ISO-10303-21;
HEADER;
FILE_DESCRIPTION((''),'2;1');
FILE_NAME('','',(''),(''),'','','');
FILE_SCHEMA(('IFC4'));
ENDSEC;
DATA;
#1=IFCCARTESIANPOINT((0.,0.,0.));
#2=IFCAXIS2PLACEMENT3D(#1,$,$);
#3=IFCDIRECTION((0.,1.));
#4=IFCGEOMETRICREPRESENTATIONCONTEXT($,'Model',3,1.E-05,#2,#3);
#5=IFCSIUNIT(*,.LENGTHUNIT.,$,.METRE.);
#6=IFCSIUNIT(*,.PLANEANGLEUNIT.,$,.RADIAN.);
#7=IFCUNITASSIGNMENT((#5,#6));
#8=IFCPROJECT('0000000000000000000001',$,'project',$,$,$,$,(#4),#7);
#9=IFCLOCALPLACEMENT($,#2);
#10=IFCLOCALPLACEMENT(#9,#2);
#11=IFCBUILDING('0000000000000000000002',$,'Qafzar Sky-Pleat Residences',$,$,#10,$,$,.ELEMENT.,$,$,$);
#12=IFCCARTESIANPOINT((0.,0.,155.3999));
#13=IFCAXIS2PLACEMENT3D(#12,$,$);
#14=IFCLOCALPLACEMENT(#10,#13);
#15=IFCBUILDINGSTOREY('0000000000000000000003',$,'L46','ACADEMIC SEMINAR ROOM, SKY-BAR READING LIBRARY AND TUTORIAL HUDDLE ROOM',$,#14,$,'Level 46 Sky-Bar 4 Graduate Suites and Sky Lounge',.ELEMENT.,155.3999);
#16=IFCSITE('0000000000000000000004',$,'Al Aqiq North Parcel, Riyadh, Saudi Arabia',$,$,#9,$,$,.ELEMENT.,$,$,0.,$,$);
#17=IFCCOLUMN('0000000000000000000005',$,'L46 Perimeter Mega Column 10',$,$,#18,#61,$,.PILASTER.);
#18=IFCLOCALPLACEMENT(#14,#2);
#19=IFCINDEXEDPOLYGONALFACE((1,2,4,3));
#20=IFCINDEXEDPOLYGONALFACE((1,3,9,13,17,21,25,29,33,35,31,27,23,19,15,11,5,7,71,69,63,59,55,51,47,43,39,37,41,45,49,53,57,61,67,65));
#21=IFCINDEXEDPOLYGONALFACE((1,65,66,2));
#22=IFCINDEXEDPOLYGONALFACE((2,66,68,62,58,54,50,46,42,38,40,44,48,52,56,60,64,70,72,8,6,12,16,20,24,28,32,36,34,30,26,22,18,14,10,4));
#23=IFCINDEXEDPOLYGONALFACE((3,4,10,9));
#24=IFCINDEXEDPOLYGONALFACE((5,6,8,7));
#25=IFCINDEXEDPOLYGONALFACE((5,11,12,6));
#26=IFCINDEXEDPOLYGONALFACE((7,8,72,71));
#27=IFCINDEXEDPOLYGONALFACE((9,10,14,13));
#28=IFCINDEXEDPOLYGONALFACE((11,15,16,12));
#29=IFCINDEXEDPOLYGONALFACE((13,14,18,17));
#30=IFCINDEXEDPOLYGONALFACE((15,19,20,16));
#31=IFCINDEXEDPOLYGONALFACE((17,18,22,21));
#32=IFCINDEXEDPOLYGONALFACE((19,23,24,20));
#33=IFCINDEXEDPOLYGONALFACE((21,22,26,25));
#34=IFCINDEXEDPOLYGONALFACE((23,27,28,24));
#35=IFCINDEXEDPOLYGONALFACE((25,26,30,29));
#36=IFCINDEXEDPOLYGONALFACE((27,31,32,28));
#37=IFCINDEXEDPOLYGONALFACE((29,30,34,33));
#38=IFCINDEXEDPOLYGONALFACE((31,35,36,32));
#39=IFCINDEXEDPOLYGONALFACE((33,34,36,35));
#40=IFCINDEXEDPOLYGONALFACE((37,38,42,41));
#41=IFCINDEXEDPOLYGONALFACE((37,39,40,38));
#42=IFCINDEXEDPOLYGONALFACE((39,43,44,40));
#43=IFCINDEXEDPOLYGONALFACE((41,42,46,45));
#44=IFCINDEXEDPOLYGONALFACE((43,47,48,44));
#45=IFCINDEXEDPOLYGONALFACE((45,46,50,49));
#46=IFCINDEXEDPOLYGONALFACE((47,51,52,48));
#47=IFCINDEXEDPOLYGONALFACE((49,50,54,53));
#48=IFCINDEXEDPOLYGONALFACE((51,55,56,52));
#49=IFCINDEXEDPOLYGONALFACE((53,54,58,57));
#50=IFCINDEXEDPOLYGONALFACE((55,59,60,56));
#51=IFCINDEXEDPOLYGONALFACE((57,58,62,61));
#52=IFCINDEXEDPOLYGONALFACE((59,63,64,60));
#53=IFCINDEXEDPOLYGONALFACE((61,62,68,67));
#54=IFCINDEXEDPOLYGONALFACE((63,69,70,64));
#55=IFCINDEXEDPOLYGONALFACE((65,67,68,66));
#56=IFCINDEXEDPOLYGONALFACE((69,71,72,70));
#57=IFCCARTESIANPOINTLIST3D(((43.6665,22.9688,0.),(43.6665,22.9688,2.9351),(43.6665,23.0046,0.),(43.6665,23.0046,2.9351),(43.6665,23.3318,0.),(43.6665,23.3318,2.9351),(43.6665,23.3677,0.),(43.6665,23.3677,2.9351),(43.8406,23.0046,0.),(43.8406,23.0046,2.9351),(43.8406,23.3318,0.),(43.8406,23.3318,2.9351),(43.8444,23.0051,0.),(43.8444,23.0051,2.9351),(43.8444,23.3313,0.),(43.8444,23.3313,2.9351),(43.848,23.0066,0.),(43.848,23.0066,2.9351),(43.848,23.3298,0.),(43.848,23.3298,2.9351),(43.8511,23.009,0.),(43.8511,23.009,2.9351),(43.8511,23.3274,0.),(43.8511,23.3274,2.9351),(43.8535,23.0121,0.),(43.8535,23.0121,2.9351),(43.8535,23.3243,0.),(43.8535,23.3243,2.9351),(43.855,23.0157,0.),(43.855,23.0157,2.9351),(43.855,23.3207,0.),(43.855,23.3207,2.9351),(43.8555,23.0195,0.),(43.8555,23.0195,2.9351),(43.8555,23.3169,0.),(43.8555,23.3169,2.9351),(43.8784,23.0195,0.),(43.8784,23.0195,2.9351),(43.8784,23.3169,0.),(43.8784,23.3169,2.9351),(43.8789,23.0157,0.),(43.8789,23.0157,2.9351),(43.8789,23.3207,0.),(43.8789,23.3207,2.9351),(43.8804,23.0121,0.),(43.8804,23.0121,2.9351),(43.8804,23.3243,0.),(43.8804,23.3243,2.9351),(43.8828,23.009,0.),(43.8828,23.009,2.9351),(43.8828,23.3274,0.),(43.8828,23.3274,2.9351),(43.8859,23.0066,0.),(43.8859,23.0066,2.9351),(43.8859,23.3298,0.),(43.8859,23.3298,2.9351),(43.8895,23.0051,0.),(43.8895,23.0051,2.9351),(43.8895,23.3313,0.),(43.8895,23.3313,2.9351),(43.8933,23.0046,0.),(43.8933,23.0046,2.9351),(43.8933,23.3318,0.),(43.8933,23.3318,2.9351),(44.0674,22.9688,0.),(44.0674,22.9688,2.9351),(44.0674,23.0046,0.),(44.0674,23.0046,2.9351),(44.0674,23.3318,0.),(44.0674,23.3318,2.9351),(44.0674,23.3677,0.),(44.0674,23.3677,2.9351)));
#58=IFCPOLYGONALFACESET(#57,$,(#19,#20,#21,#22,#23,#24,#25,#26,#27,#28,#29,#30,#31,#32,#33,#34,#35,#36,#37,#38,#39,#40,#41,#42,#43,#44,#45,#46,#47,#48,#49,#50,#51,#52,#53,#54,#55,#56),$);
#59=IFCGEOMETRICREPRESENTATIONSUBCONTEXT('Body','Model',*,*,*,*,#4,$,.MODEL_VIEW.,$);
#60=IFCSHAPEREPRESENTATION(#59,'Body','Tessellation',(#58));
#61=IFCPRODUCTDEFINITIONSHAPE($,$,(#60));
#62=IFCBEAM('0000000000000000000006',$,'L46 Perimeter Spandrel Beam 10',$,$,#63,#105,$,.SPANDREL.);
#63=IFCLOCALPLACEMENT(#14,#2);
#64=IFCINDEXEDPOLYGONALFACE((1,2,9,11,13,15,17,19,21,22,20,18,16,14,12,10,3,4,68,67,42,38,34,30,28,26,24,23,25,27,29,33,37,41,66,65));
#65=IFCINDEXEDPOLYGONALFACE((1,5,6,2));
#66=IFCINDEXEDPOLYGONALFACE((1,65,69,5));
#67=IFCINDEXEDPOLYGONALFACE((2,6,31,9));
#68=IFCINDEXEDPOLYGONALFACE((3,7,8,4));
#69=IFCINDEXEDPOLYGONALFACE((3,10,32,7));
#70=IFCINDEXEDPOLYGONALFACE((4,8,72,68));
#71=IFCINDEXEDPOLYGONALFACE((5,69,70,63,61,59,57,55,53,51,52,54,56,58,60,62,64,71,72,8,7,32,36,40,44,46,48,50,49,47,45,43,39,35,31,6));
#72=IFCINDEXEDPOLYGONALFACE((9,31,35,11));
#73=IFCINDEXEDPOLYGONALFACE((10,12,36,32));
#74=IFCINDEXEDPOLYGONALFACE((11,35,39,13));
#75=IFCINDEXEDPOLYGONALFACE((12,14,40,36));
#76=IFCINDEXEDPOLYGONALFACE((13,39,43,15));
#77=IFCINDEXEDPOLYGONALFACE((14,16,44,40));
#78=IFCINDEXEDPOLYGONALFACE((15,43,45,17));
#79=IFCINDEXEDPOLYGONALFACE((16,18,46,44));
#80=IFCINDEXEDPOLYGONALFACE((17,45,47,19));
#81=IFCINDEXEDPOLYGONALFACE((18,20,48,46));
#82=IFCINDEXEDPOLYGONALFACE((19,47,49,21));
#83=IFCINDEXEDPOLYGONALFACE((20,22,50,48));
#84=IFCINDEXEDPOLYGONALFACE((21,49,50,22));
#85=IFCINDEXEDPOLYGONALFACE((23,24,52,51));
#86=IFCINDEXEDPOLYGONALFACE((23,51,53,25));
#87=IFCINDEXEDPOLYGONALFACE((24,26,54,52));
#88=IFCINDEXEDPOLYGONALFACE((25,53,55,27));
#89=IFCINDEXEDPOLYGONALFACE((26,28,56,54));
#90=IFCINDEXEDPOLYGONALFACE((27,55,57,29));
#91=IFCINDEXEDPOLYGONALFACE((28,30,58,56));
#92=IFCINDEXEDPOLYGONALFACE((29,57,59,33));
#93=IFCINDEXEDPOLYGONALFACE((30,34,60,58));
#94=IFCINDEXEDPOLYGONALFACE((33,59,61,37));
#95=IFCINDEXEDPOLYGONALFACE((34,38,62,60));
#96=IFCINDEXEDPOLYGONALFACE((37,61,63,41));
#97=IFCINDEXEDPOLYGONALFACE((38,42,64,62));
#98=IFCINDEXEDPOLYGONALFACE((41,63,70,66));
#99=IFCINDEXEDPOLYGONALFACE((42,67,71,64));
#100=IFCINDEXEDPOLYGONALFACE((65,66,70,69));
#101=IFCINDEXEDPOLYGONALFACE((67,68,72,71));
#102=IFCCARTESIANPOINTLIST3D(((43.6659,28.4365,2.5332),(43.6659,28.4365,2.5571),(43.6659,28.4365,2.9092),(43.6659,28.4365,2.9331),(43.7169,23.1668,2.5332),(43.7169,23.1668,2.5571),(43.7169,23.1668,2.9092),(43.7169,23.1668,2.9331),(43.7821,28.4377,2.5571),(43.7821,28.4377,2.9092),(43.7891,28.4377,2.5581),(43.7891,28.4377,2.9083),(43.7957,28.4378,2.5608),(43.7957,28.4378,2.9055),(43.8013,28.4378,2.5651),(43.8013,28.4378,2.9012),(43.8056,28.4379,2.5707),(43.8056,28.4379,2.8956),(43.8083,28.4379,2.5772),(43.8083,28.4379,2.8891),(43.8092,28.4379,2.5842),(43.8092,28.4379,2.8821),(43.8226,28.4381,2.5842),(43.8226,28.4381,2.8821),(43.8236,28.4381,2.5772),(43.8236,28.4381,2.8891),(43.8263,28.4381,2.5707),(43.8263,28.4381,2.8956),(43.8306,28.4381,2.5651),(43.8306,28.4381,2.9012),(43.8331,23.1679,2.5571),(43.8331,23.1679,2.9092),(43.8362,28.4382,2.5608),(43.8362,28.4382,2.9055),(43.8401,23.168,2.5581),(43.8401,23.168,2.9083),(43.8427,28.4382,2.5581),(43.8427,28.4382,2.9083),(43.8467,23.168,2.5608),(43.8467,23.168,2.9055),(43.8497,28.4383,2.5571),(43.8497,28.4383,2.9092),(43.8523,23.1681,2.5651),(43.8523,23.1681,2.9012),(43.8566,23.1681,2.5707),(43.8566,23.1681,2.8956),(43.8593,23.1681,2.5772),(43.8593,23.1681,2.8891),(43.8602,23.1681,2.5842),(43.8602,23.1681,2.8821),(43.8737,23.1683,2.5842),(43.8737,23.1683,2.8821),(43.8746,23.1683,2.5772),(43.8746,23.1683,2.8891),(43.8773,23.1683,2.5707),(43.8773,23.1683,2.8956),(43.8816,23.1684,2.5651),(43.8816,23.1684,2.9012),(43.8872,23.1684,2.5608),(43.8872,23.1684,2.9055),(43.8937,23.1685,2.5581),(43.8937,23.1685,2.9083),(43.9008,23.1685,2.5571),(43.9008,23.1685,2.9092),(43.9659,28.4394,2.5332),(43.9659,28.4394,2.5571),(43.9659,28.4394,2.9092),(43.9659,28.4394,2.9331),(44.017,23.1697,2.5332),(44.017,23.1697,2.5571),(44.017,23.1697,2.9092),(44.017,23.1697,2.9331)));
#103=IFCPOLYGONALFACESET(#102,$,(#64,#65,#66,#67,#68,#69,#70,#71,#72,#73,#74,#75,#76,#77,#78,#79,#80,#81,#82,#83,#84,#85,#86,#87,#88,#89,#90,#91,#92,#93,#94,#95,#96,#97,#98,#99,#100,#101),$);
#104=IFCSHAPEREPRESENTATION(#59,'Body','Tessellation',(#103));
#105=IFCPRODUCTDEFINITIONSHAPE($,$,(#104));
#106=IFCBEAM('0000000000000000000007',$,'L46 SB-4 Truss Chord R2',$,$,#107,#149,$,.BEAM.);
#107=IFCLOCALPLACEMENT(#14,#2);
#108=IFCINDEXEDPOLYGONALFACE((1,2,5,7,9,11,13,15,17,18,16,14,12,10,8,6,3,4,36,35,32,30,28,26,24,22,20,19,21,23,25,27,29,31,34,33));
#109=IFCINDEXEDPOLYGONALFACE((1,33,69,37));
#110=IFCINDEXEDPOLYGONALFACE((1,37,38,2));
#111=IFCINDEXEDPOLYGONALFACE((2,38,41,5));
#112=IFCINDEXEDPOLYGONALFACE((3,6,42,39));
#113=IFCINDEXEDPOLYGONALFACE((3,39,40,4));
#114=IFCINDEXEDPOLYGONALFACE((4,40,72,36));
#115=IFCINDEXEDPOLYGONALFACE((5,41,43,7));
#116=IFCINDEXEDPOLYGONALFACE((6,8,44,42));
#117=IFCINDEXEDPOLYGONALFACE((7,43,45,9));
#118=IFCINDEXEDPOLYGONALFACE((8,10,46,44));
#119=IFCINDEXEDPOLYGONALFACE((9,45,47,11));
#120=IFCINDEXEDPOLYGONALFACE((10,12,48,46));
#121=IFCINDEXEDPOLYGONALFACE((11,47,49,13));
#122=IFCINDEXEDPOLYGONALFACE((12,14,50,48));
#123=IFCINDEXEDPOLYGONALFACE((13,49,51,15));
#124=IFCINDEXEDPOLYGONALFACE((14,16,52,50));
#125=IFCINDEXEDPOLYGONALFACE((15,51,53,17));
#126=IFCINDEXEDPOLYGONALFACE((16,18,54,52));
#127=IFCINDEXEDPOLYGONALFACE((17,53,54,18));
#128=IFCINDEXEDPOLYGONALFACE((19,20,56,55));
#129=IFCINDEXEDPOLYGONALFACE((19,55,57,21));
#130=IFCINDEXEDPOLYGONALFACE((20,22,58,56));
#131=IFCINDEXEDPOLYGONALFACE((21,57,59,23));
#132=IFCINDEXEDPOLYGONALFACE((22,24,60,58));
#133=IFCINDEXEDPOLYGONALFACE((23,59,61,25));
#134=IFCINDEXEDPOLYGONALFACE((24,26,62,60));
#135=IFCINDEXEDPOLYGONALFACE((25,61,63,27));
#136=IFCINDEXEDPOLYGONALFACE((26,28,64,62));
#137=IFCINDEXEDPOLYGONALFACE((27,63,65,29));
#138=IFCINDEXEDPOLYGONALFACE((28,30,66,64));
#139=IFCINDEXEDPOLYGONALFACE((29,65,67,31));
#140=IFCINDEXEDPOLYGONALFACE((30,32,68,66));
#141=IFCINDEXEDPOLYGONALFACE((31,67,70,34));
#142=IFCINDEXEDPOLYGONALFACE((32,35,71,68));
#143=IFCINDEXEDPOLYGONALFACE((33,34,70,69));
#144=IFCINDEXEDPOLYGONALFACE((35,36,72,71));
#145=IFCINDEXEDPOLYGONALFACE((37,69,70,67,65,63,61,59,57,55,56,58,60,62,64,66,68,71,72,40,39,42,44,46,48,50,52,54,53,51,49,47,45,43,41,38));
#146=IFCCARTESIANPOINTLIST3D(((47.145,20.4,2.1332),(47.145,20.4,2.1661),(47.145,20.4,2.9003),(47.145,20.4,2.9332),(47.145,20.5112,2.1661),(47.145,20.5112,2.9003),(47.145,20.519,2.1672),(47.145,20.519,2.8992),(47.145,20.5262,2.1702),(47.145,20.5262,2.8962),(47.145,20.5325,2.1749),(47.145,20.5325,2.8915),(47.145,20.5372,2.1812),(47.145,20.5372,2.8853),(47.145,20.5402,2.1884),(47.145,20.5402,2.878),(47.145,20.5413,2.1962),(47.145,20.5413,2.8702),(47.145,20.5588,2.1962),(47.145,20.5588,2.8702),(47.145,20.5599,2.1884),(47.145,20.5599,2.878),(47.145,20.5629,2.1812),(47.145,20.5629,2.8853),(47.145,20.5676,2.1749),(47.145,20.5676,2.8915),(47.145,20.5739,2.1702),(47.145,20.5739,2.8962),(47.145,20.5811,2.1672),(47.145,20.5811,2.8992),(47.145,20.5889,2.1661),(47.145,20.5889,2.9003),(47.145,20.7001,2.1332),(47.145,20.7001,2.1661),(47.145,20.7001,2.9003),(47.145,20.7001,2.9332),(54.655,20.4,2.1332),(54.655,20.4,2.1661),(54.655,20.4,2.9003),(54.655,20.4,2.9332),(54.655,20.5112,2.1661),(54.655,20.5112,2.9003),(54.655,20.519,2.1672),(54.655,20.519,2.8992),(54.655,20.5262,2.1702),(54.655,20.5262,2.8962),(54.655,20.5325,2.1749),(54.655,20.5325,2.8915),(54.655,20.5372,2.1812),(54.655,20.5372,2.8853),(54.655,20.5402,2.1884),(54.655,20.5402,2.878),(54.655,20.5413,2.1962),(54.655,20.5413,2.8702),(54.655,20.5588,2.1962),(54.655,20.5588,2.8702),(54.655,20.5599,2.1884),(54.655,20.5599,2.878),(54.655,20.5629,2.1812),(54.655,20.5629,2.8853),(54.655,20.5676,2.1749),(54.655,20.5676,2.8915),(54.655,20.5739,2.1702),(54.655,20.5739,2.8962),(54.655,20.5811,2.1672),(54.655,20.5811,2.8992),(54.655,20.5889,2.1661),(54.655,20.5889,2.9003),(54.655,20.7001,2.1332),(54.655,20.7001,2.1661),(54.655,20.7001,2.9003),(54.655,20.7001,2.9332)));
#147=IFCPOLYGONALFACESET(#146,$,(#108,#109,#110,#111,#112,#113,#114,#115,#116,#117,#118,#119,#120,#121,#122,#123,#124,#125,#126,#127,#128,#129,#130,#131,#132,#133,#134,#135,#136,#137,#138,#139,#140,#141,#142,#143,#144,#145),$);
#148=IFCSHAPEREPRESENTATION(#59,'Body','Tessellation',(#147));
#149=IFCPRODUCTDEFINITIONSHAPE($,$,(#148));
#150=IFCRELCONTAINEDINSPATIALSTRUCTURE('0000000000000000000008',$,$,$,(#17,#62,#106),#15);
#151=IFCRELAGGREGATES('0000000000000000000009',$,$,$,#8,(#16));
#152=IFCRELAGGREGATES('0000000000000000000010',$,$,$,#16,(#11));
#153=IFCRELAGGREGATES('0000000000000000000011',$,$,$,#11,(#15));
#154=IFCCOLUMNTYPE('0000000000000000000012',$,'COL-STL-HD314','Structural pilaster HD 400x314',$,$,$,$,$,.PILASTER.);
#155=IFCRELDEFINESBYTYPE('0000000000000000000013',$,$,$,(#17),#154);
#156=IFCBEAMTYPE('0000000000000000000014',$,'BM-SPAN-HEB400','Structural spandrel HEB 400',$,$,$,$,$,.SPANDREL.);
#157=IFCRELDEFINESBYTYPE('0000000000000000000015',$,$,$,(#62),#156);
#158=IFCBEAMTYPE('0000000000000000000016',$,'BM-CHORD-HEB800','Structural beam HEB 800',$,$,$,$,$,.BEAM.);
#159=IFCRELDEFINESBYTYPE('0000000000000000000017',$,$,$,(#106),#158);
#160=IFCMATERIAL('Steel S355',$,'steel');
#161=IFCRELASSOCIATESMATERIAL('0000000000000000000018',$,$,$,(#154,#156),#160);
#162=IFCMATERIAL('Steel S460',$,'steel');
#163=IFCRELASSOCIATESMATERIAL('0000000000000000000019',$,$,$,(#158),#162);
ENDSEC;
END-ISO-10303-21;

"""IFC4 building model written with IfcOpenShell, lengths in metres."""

from ifc_helpers import new_model, si_unit, direction, frame, origin, origin_2d, place, context, subcontext, project, spatial, i_section, extrude, source, transform, mapped, material, material_profile, profile_set, type_object, element, save


model = new_model("IFC4")

# Units and contexts
model_context = context("Model", 3, precision=1e-05, world=origin(), true_north=direction((0.0, 1.0)))
body_context = subcontext(model_context, "Body", "Model", "MODEL_VIEW")
ifc_project = project(units=[si_unit("LENGTHUNIT", "METRE"), si_unit("PLANEANGLEUNIT", "RADIAN")], contexts=[model_context])

# Site, building, storey
site_placement = place(None, origin())
site = spatial("IfcSite", under=ifc_project, at=site_placement, Name="Al Aqiq North Parcel, Riyadh, Saudi Arabia", CompositionType="ELEMENT", RefElevation=0.0)
building_placement = place(site_placement, origin())
building = spatial("IfcBuilding", under=site, at=building_placement, Name="Qafzar Sky-Pleat Residences", CompositionType="ELEMENT")
storey_placement = place(building_placement, frame((0.0, 0.0, 155.3999)))
storey = spatial("IfcBuildingStorey", under=building, at=storey_placement, Name="L46", Description="ACADEMIC SEMINAR ROOM, SKY-BAR READING LIBRARY AND TUTORIAL HUDDLE ROOM", LongName="Level 46 Sky-Bar 4 Graduate Suites and Sky Lounge", CompositionType="ELEMENT", Elevation=155.3999)

# Column
ifc_material_1 = material(Name="Steel S355", Category="steel")
ifc_material_profile_1 = material_profile(ifc_material_1, i_section(OverallWidth=0.4009, OverallDepth=0.3989, WebThickness=0.0229, FlangeThickness=0.0359, FilletRadius=0.0149, at=origin_2d()), Name="HD 400x314")
ifc_profile_set_1 = profile_set([ifc_material_profile_1], Name="Steel S355")
column_type = type_object("IfcColumnType", Name="COL-STL-HD314", Description="Structural pilaster HD 400x314", PredefinedType="PILASTER", material=ifc_profile_set_1)
shared_shape_1 = source(origin(), body_context, "Body", "SweptSolid", [
    extrude(i_section(OverallWidth=0.4009, OverallDepth=0.3989, WebThickness=0.0229, FlangeThickness=0.0359, FilletRadius=0.0149, at=origin_2d()), origin(), (0.0, 0.0, 1.0), 2.9351),
])
column_placement = place(storey_placement, frame((43.8669, 23.1682, 0.0), z_axis=(0.0, 0.0, 1.0), x_axis=(1.0, 0.0, 0.0)))
element("IfcColumn", 1, at=column_placement, inside=storey, type_object=column_type, Name="L46 Perimeter Mega Column 10", PredefinedType="PILASTER", context=body_context, shape_type="MappedRepresentation", body=[
    mapped(shared_shape_1, transform((0.0, 0.0, 0.0), x_axis=(1.0, 0.0, 0.0), y_axis=(0.0, 1.0, 0.0), z_axis=(0.0, 0.0, 1.0), scale=1.0)),
])

# Beams
ifc_material_profile_2 = material_profile(ifc_material_1, i_section(OverallWidth=0.3, OverallDepth=0.3999, WebThickness=0.0134, FlangeThickness=0.0239, FilletRadius=0.0271, at=origin_2d()), Name="HEB 400")
ifc_profile_set_2 = profile_set([ifc_material_profile_2], Name="Steel S355")
beam_type_1 = type_object("IfcBeamType", Name="BM-SPAN-HEB400", Description="Structural spandrel HEB 400", PredefinedType="SPANDREL", material=ifc_profile_set_2)
shared_shape_2 = source(origin(), body_context, "Body", "SweptSolid", [
    extrude(i_section(OverallWidth=0.3, OverallDepth=0.3999, WebThickness=0.0134, FlangeThickness=0.0239, FilletRadius=0.0271, at=origin_2d()), origin(), (0.0, 0.0, 1.0), 5.27),
])
beam_1_placement = place(storey_placement, frame((43.8669, 23.1682, 2.7332), z_axis=(-0.009682, 0.999953, 0.0), x_axis=(-0.999953, -0.009682, 0.0)))
element("IfcBeam", 2, at=beam_1_placement, inside=storey, type_object=beam_type_1, Name="L46 Perimeter Spandrel Beam 10", PredefinedType="SPANDREL", context=body_context, shape_type="MappedRepresentation", body=[
    mapped(shared_shape_2, transform((0.0, 0.0, 0.0), x_axis=(1.0, 0.0, 0.0), y_axis=(0.0, 1.0, 0.0), z_axis=(0.0, 0.0, 1.0), scale=1.0)),
])
ifc_material_2 = material(Name="Steel S460", Category="steel")
ifc_material_profile_3 = material_profile(ifc_material_2, i_section(OverallWidth=0.3, OverallDepth=0.8, WebThickness=0.0176, FlangeThickness=0.033, FilletRadius=0.03, at=origin_2d()), Name="HEB 800")
ifc_profile_set_3 = profile_set([ifc_material_profile_3], Name="Steel S460")
beam_type_2 = type_object("IfcBeamType", Name="BM-CHORD-HEB800", Description="Structural beam HEB 800", PredefinedType="BEAM", material=ifc_profile_set_3)
shared_shape_3 = source(origin(), body_context, "Body", "SweptSolid", [
    extrude(i_section(OverallWidth=0.3, OverallDepth=0.8, WebThickness=0.0176, FlangeThickness=0.033, FilletRadius=0.03, at=origin_2d()), origin(), (0.0, 0.0, 1.0), 7.51),
])
beam_2_placement = place(storey_placement, frame((47.145, 20.55, 2.5332), z_axis=(1.0, 0.0, 0.0), x_axis=(0.0, 1.0, 0.0)))
element("IfcBeam", 3, at=beam_2_placement, inside=storey, type_object=beam_type_2, Name="L46 SB-4 Truss Chord R2", PredefinedType="BEAM", context=body_context, shape_type="MappedRepresentation", body=[
    mapped(shared_shape_3, transform((0.0, 0.0, 0.0), x_axis=(1.0, 0.0, 0.0), y_axis=(0.0, 1.0, 0.0), z_axis=(0.0, 0.0, 1.0), scale=1.0)),
])

save(model, "model.ifc")
